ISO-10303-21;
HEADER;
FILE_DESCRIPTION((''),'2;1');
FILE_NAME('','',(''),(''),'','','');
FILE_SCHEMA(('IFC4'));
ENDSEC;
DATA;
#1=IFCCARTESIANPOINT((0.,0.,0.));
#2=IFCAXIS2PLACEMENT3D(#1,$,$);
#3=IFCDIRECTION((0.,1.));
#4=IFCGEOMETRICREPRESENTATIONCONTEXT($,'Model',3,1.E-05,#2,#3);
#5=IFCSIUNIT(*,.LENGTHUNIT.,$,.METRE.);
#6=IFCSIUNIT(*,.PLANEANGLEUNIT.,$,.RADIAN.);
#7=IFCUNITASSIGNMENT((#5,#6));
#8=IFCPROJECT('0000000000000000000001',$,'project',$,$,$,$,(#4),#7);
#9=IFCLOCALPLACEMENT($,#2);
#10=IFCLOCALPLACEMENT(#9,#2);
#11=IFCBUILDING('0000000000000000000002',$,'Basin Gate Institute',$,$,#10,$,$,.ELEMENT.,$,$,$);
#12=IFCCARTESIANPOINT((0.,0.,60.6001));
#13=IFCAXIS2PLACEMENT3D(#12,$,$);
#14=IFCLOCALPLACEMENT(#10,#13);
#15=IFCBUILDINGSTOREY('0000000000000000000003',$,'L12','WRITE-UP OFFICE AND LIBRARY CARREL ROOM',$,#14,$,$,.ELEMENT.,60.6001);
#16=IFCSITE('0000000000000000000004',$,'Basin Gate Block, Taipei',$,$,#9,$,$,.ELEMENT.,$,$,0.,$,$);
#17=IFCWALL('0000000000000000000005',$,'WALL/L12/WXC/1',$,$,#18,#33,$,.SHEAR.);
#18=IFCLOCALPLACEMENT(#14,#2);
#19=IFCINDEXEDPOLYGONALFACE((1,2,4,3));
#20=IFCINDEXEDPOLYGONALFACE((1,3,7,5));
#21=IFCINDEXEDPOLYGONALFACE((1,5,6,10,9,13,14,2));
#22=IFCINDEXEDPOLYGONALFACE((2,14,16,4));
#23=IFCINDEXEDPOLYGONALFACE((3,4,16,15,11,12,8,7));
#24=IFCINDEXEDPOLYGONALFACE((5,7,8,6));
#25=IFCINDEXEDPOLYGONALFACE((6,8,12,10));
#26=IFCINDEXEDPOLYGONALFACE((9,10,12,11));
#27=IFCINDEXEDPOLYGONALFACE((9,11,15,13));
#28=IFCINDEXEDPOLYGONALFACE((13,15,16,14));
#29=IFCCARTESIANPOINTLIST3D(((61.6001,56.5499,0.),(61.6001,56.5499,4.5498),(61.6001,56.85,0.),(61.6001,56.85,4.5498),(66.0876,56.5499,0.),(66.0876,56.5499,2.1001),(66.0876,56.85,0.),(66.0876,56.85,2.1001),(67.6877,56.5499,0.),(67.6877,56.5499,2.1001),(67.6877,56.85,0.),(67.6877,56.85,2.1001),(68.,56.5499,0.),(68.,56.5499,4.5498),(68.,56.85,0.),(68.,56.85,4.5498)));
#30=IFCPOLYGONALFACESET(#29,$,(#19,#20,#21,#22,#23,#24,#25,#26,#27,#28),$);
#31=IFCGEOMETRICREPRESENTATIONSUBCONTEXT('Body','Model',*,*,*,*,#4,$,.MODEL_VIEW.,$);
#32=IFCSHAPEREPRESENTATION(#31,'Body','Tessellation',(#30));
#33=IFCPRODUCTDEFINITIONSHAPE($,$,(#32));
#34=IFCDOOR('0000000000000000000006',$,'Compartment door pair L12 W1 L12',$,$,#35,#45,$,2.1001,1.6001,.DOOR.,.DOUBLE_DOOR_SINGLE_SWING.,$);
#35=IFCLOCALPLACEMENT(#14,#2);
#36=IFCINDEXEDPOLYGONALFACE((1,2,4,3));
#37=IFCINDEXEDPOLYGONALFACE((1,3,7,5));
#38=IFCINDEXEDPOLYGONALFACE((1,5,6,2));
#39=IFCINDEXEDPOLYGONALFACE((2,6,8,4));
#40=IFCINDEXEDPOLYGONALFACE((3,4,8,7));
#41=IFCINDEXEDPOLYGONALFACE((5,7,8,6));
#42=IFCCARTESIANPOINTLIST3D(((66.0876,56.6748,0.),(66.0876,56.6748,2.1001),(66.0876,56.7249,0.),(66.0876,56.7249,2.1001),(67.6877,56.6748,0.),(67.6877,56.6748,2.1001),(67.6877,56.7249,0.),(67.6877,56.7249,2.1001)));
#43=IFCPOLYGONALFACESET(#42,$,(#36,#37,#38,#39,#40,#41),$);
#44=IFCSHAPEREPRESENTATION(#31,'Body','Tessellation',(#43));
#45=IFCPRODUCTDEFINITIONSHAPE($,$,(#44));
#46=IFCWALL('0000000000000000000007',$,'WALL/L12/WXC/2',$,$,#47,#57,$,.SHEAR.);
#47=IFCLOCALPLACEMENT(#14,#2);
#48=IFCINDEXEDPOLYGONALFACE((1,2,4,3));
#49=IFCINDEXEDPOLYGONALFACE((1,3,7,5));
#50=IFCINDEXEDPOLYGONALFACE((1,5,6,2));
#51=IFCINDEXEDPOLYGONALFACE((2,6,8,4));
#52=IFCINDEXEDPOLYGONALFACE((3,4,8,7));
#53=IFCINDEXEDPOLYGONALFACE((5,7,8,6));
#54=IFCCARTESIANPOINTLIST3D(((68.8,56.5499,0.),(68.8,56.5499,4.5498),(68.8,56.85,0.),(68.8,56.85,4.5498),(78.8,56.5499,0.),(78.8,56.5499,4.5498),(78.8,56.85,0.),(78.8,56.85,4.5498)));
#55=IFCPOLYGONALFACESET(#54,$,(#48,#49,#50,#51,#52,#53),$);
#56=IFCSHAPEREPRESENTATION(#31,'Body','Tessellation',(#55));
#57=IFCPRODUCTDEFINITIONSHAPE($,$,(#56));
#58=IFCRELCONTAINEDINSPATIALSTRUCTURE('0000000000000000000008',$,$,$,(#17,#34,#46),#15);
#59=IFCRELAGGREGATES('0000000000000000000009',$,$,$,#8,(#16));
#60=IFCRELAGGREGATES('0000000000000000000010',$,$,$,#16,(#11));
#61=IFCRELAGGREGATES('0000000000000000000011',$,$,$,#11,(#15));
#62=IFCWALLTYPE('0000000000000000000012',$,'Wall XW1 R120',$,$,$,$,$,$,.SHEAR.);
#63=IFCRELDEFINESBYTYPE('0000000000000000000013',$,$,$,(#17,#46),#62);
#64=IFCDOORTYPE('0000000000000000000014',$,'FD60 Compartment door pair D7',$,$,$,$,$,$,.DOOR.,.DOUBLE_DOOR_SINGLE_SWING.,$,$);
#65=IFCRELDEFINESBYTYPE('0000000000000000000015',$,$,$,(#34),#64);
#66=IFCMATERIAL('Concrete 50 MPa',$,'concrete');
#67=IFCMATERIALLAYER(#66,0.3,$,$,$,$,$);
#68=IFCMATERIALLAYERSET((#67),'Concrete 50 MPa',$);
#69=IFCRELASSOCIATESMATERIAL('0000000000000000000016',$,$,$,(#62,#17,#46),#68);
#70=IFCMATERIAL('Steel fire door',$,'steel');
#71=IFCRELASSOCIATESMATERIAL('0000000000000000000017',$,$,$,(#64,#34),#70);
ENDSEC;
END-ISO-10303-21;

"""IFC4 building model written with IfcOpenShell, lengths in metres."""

from ifc_helpers import new_model, si_unit, direction, frame, frame_2d, origin, place, context, subcontext, project, spatial, rectangle, extrude, material, layer, layer_set, type_object, element, fill, save


model = new_model("IFC4")

# Units and contexts
model_context = context("Model", 3, precision=1e-05, world=origin(), true_north=direction((0.0, 1.0)))
body_context = subcontext(model_context, "Body", "Model", "MODEL_VIEW")
ifc_project = project(units=[si_unit("LENGTHUNIT", "METRE"), si_unit("PLANEANGLEUNIT", "RADIAN")], contexts=[model_context])

# Site, building, storey
site_placement = place(None, origin())
site = spatial("IfcSite", under=ifc_project, at=site_placement, Name="Basin Gate Block, Taipei", CompositionType="ELEMENT", RefElevation=0.0)
building_placement = place(site_placement, origin())
building = spatial("IfcBuilding", under=site, at=building_placement, Name="Basin Gate Institute", CompositionType="ELEMENT")
storey_placement = place(building_placement, frame((0.0, 0.0, 60.6001)))
storey = spatial("IfcBuildingStorey", under=building, at=storey_placement, Name="L12", Description="WRITE-UP OFFICE AND LIBRARY CARREL ROOM", CompositionType="ELEMENT", Elevation=60.6001)

# Wall, opening, door
ifc_material_1 = material(Name="Concrete 50 MPa", Category="concrete")
ifc_layer_1 = layer(ifc_material_1, 0.3)
ifc_layer_set_1 = layer_set([ifc_layer_1], Name="Concrete 50 MPa")
wall_type_1 = type_object("IfcWallType", Name="Wall XW1 R120", PredefinedType="SHEAR", material=ifc_layer_set_1)
wall_1_placement = place(storey_placement, frame((61.6001, 56.7, 0.0), z_axis=(0.0, 0.0, 1.0), x_axis=(1.0, 0.0, 0.0)))
wall_1 = element("IfcWall", 1, at=wall_1_placement, inside=storey, type_object=wall_type_1, material=ifc_layer_set_1, Name="WALL/L12/WXC/1", PredefinedType="SHEAR", context=body_context, shape_type="SweptSolid", body=[
    extrude(rectangle(XDim=6.3999, YDim=0.3, at=frame_2d((3.2, 0.0))), origin(), (0.0, 0.0, 1.0), 4.5498),
])
opening_1_placement = place(wall_1_placement, frame((4.4875, 0.0, 0.0)))
opening_1 = element("IfcOpeningElement", 2, at=opening_1_placement, cuts=wall_1, PredefinedType="OPENING", context=body_context, shape_type="SweptSolid", body=[
    extrude(rectangle(XDim=1.6001, YDim=2.1001, at=frame_2d((0.8, 1.05))), frame((0.0, 0.1602, 0.0), z_axis=(0.0, -1.0, 0.0), x_axis=(1.0, 0.0, 0.0)), (0.0, 0.0, 1.0), 0.3201),
])
ifc_material_2 = material(Name="Steel fire door", Category="steel")
door_type_1 = type_object("IfcDoorType", Name="FD60 Compartment door pair D7", OperationType="DOUBLE_DOOR_SINGLE_SWING", PredefinedType="DOOR", material=ifc_material_2)
door_1_placement = place(opening_1_placement, origin())
door_1 = element("IfcDoor", 3, at=door_1_placement, inside=storey, type_object=door_type_1, material=ifc_material_2, Name="Compartment door pair L12 W1 L12", OperationType="DOUBLE_DOOR_SINGLE_SWING", OverallHeight=2.1001, OverallWidth=1.6001, PredefinedType="DOOR", context=body_context, shape_type="SweptSolid", body=[
    extrude(rectangle(XDim=1.6001, YDim=2.1001, at=frame_2d((0.8, 1.05))), frame((0.0, 0.0249, 0.0), z_axis=(0.0, -1.0, 0.0), x_axis=(1.0, 0.0, 0.0)), (0.0, 0.0, 1.0), 0.05),
])
fill(opening_1, door_1)

# Wall
wall_2_placement = place(storey_placement, frame((68.8, 56.7, 0.0), z_axis=(0.0, 0.0, 1.0), x_axis=(1.0, 0.0, 0.0)))
element("IfcWall", 4, at=wall_2_placement, inside=storey, type_object=wall_type_1, material=ifc_layer_set_1, Name="WALL/L12/WXC/2", PredefinedType="SHEAR", context=body_context, shape_type="SweptSolid", body=[
    extrude(rectangle(XDim=10.0, YDim=0.3, at=frame_2d((5.0, 0.0))), origin(), (0.0, 0.0, 1.0), 4.5498),
])

save(model, "model.ifc")
